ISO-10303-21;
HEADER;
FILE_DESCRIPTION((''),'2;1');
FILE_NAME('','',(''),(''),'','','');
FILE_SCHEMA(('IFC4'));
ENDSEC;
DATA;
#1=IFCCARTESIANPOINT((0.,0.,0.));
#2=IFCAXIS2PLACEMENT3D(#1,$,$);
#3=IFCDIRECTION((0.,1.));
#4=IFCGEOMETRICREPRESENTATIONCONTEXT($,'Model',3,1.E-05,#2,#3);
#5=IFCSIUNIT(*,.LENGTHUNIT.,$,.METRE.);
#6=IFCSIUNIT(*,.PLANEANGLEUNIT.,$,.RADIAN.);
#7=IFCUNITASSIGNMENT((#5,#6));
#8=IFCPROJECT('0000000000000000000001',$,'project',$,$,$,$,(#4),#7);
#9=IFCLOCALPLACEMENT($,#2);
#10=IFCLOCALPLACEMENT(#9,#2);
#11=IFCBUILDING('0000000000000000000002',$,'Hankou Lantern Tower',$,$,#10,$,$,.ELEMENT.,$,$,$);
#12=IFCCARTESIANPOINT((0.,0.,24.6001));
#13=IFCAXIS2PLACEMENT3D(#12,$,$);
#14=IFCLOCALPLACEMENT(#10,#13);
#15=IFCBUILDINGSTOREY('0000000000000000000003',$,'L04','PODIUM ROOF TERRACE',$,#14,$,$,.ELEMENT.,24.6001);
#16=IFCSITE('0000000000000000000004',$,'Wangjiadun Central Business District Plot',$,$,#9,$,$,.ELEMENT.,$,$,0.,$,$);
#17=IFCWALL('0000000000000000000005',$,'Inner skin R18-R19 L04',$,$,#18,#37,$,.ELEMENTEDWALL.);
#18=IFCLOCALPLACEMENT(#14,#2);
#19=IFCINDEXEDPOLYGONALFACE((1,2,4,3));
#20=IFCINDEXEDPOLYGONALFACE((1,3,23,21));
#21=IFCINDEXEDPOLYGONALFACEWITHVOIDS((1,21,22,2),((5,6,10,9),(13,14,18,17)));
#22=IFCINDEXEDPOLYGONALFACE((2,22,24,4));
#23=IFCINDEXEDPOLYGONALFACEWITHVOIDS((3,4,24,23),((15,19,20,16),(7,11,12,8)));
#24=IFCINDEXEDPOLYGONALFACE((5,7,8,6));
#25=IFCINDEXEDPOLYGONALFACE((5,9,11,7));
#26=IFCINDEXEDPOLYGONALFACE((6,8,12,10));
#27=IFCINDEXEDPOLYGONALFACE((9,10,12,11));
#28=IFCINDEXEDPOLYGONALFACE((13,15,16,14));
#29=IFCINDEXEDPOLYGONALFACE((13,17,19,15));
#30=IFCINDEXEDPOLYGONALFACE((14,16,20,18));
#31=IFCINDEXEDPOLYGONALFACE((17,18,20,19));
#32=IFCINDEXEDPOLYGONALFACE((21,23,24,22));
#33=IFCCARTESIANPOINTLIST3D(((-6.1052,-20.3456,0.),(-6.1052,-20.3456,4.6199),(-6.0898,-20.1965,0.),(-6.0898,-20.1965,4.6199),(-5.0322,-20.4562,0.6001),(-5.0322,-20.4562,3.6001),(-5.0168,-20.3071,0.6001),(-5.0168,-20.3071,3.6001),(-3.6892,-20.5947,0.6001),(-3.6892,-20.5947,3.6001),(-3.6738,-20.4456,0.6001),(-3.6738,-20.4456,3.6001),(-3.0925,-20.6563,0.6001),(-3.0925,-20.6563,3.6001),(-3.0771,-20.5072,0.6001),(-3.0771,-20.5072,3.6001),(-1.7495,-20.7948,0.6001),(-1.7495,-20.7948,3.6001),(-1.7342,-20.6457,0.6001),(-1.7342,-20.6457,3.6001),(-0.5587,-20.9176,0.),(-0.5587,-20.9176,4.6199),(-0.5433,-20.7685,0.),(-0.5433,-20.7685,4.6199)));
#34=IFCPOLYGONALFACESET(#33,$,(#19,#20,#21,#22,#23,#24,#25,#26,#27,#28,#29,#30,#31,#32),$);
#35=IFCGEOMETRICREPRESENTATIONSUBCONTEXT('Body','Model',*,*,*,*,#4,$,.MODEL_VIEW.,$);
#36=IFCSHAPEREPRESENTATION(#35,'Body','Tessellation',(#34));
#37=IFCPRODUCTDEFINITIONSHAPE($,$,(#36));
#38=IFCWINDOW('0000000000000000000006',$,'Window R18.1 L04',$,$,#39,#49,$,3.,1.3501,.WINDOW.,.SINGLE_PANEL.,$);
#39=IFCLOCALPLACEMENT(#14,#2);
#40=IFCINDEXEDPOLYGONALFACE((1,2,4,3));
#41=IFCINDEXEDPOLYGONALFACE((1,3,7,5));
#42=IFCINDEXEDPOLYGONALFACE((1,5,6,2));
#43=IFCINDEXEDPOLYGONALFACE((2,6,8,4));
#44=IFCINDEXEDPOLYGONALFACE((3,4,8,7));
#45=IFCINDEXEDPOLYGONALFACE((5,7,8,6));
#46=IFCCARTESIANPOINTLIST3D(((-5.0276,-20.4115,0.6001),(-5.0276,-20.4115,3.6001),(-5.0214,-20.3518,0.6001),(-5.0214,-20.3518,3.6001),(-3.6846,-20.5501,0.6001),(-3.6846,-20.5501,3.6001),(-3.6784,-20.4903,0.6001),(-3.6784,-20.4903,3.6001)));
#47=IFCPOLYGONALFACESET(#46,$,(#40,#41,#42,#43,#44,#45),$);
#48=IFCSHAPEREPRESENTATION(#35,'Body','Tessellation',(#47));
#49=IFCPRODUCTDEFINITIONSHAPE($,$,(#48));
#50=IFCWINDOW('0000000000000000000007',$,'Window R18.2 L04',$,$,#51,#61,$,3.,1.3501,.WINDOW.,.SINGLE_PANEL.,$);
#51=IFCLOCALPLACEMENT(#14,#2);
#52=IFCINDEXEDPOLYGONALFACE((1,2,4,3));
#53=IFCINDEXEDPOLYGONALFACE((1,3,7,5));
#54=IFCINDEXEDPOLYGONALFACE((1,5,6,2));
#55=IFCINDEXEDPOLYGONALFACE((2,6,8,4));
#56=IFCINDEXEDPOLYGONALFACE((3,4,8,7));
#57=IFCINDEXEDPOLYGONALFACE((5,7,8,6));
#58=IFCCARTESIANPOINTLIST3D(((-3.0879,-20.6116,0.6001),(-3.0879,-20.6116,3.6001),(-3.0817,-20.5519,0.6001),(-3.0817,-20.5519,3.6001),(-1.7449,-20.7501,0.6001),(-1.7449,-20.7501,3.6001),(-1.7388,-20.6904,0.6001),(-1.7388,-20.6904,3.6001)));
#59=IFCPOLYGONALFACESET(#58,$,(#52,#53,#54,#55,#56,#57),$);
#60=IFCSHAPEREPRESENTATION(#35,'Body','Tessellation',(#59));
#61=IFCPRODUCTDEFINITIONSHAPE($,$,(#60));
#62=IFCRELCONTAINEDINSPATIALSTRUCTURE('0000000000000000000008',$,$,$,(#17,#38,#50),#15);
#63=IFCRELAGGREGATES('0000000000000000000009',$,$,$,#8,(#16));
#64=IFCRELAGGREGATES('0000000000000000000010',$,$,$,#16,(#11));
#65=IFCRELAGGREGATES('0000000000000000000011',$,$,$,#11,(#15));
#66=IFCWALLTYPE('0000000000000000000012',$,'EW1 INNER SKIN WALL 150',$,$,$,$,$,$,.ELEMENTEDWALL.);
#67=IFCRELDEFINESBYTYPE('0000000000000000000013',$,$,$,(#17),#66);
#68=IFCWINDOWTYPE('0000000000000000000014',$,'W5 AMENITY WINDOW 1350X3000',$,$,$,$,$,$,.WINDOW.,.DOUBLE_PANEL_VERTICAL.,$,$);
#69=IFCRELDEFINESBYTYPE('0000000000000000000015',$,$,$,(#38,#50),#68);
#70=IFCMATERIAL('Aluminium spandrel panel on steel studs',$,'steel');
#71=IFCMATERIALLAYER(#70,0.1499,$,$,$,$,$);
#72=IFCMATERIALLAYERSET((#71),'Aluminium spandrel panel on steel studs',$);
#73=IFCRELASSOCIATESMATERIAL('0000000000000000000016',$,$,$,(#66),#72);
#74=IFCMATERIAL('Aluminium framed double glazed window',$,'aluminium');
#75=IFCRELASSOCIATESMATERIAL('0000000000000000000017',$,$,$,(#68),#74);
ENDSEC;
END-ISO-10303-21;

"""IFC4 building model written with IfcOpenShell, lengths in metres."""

from ifc_helpers import new_model, si_unit, direction, frame, frame_2d, origin, place, context, subcontext, project, spatial, rectangle, extrude, material, layer, layer_set, type_object, element, fill, save


model = new_model("IFC4")

# Units and contexts
model_context = context("Model", 3, precision=1e-05, world=origin(), true_north=direction((0.0, 1.0)))
body_context = subcontext(model_context, "Body", "Model", "MODEL_VIEW")
ifc_project = project(units=[si_unit("LENGTHUNIT", "METRE"), si_unit("PLANEANGLEUNIT", "RADIAN")], contexts=[model_context])

# Site, building, storey
site_placement = place(None, origin())
site = spatial("IfcSite", under=ifc_project, at=site_placement, Name="Wangjiadun Central Business District Plot", CompositionType="ELEMENT", RefElevation=0.0)
building_placement = place(site_placement, origin())
building = spatial("IfcBuilding", under=site, at=building_placement, Name="Hankou Lantern Tower", CompositionType="ELEMENT")
storey_placement = place(building_placement, frame((0.0, 0.0, 24.6001)))
storey = spatial("IfcBuildingStorey", under=building, at=storey_placement, Name="L04", Description="PODIUM ROOF TERRACE", CompositionType="ELEMENT", Elevation=24.6001)

# Wall, openings, windows
ifc_material_1 = material(Name="Aluminium spandrel panel on steel studs", Category="steel")
ifc_layer = layer(ifc_material_1, 0.1499)
ifc_layer_set = layer_set([ifc_layer], Name="Aluminium spandrel panel on steel studs")
wall_type = type_object("IfcWallType", Name="EW1 INNER SKIN WALL 150", PredefinedType="ELEMENTEDWALL", material=ifc_layer_set)
wall_placement = place(storey_placement, frame((-6.0977, -20.271, 0.0), z_axis=(0.0, 0.0, 1.0), x_axis=(0.994724, -0.10259, 0.0)))
wall = element("IfcWall", 1, at=wall_placement, inside=storey, type_object=wall_type, Name="Inner skin R18-R19 L04", PredefinedType="ELEMENTEDWALL", context=body_context, shape_type="SweptSolid", body=[
    extrude(rectangle(XDim=5.5759, YDim=0.1499, at=frame_2d((2.7881, 0.0))), origin(), (0.0, 0.0, 1.0), 4.6199),
])
opening_1_placement = place(wall_placement, frame((1.0789, 0.0, 0.6001)))
opening_1 = element("IfcOpeningElement", 2, at=opening_1_placement, cuts=wall, PredefinedType="OPENING", context=body_context, shape_type="SweptSolid", body=[
    extrude(rectangle(XDim=1.3501, YDim=3.0, at=frame_2d((0.675, 1.5))), frame((0.0, 0.085, 0.0), z_axis=(0.0, -1.0, 0.0), x_axis=(1.0, 0.0, 0.0)), (0.0, 0.0, 1.0), 0.1699),
])
opening_2_placement = place(wall_placement, frame((3.0288, 0.0, 0.6001)))
opening_2 = element("IfcOpeningElement", 3, at=opening_2_placement, cuts=wall, PredefinedType="OPENING", context=body_context, shape_type="SweptSolid", body=[
    extrude(rectangle(XDim=1.3501, YDim=3.0, at=frame_2d((0.675, 1.5))), frame((0.0, 0.085, 0.0), z_axis=(0.0, -1.0, 0.0), x_axis=(1.0, 0.0, 0.0)), (0.0, 0.0, 1.0), 0.1699),
])
ifc_material_2 = material(Name="Aluminium framed double glazed window", Category="aluminium")
window_type = type_object("IfcWindowType", Name="W5 AMENITY WINDOW 1350X3000", PartitioningType="DOUBLE_PANEL_VERTICAL", PredefinedType="WINDOW", material=ifc_material_2)
window_1_placement = place(opening_1_placement, origin())
window_1 = element("IfcWindow", 4, at=window_1_placement, inside=storey, type_object=window_type, Name="Window R18.1 L04", OverallHeight=3.0, OverallWidth=1.3501, PartitioningType="SINGLE_PANEL", PredefinedType="WINDOW", context=body_context, shape_type="SweptSolid", body=[
    extrude(rectangle(XDim=1.3501, YDim=3.0, at=frame_2d((0.675, 1.5))), frame((0.0, 0.03, 0.0), z_axis=(0.0, -1.0, 0.0), x_axis=(1.0, 0.0, 0.0)), (0.0, 0.0, 1.0), 0.0601),
])
fill(opening_1, window_1)
window_2_placement = place(opening_2_placement, origin())
window_2 = element("IfcWindow", 5, at=window_2_placement, inside=storey, type_object=window_type, Name="Window R18.2 L04", OverallHeight=3.0, OverallWidth=1.3501, PartitioningType="SINGLE_PANEL", PredefinedType="WINDOW", context=body_context, shape_type="SweptSolid", body=[
    extrude(rectangle(XDim=1.3501, YDim=3.0, at=frame_2d((0.675, 1.5))), frame((0.0, 0.03, 0.0), z_axis=(0.0, -1.0, 0.0), x_axis=(1.0, 0.0, 0.0)), (0.0, 0.0, 1.0), 0.0601),
])
fill(opening_2, window_2)

save(model, "model.ifc")
